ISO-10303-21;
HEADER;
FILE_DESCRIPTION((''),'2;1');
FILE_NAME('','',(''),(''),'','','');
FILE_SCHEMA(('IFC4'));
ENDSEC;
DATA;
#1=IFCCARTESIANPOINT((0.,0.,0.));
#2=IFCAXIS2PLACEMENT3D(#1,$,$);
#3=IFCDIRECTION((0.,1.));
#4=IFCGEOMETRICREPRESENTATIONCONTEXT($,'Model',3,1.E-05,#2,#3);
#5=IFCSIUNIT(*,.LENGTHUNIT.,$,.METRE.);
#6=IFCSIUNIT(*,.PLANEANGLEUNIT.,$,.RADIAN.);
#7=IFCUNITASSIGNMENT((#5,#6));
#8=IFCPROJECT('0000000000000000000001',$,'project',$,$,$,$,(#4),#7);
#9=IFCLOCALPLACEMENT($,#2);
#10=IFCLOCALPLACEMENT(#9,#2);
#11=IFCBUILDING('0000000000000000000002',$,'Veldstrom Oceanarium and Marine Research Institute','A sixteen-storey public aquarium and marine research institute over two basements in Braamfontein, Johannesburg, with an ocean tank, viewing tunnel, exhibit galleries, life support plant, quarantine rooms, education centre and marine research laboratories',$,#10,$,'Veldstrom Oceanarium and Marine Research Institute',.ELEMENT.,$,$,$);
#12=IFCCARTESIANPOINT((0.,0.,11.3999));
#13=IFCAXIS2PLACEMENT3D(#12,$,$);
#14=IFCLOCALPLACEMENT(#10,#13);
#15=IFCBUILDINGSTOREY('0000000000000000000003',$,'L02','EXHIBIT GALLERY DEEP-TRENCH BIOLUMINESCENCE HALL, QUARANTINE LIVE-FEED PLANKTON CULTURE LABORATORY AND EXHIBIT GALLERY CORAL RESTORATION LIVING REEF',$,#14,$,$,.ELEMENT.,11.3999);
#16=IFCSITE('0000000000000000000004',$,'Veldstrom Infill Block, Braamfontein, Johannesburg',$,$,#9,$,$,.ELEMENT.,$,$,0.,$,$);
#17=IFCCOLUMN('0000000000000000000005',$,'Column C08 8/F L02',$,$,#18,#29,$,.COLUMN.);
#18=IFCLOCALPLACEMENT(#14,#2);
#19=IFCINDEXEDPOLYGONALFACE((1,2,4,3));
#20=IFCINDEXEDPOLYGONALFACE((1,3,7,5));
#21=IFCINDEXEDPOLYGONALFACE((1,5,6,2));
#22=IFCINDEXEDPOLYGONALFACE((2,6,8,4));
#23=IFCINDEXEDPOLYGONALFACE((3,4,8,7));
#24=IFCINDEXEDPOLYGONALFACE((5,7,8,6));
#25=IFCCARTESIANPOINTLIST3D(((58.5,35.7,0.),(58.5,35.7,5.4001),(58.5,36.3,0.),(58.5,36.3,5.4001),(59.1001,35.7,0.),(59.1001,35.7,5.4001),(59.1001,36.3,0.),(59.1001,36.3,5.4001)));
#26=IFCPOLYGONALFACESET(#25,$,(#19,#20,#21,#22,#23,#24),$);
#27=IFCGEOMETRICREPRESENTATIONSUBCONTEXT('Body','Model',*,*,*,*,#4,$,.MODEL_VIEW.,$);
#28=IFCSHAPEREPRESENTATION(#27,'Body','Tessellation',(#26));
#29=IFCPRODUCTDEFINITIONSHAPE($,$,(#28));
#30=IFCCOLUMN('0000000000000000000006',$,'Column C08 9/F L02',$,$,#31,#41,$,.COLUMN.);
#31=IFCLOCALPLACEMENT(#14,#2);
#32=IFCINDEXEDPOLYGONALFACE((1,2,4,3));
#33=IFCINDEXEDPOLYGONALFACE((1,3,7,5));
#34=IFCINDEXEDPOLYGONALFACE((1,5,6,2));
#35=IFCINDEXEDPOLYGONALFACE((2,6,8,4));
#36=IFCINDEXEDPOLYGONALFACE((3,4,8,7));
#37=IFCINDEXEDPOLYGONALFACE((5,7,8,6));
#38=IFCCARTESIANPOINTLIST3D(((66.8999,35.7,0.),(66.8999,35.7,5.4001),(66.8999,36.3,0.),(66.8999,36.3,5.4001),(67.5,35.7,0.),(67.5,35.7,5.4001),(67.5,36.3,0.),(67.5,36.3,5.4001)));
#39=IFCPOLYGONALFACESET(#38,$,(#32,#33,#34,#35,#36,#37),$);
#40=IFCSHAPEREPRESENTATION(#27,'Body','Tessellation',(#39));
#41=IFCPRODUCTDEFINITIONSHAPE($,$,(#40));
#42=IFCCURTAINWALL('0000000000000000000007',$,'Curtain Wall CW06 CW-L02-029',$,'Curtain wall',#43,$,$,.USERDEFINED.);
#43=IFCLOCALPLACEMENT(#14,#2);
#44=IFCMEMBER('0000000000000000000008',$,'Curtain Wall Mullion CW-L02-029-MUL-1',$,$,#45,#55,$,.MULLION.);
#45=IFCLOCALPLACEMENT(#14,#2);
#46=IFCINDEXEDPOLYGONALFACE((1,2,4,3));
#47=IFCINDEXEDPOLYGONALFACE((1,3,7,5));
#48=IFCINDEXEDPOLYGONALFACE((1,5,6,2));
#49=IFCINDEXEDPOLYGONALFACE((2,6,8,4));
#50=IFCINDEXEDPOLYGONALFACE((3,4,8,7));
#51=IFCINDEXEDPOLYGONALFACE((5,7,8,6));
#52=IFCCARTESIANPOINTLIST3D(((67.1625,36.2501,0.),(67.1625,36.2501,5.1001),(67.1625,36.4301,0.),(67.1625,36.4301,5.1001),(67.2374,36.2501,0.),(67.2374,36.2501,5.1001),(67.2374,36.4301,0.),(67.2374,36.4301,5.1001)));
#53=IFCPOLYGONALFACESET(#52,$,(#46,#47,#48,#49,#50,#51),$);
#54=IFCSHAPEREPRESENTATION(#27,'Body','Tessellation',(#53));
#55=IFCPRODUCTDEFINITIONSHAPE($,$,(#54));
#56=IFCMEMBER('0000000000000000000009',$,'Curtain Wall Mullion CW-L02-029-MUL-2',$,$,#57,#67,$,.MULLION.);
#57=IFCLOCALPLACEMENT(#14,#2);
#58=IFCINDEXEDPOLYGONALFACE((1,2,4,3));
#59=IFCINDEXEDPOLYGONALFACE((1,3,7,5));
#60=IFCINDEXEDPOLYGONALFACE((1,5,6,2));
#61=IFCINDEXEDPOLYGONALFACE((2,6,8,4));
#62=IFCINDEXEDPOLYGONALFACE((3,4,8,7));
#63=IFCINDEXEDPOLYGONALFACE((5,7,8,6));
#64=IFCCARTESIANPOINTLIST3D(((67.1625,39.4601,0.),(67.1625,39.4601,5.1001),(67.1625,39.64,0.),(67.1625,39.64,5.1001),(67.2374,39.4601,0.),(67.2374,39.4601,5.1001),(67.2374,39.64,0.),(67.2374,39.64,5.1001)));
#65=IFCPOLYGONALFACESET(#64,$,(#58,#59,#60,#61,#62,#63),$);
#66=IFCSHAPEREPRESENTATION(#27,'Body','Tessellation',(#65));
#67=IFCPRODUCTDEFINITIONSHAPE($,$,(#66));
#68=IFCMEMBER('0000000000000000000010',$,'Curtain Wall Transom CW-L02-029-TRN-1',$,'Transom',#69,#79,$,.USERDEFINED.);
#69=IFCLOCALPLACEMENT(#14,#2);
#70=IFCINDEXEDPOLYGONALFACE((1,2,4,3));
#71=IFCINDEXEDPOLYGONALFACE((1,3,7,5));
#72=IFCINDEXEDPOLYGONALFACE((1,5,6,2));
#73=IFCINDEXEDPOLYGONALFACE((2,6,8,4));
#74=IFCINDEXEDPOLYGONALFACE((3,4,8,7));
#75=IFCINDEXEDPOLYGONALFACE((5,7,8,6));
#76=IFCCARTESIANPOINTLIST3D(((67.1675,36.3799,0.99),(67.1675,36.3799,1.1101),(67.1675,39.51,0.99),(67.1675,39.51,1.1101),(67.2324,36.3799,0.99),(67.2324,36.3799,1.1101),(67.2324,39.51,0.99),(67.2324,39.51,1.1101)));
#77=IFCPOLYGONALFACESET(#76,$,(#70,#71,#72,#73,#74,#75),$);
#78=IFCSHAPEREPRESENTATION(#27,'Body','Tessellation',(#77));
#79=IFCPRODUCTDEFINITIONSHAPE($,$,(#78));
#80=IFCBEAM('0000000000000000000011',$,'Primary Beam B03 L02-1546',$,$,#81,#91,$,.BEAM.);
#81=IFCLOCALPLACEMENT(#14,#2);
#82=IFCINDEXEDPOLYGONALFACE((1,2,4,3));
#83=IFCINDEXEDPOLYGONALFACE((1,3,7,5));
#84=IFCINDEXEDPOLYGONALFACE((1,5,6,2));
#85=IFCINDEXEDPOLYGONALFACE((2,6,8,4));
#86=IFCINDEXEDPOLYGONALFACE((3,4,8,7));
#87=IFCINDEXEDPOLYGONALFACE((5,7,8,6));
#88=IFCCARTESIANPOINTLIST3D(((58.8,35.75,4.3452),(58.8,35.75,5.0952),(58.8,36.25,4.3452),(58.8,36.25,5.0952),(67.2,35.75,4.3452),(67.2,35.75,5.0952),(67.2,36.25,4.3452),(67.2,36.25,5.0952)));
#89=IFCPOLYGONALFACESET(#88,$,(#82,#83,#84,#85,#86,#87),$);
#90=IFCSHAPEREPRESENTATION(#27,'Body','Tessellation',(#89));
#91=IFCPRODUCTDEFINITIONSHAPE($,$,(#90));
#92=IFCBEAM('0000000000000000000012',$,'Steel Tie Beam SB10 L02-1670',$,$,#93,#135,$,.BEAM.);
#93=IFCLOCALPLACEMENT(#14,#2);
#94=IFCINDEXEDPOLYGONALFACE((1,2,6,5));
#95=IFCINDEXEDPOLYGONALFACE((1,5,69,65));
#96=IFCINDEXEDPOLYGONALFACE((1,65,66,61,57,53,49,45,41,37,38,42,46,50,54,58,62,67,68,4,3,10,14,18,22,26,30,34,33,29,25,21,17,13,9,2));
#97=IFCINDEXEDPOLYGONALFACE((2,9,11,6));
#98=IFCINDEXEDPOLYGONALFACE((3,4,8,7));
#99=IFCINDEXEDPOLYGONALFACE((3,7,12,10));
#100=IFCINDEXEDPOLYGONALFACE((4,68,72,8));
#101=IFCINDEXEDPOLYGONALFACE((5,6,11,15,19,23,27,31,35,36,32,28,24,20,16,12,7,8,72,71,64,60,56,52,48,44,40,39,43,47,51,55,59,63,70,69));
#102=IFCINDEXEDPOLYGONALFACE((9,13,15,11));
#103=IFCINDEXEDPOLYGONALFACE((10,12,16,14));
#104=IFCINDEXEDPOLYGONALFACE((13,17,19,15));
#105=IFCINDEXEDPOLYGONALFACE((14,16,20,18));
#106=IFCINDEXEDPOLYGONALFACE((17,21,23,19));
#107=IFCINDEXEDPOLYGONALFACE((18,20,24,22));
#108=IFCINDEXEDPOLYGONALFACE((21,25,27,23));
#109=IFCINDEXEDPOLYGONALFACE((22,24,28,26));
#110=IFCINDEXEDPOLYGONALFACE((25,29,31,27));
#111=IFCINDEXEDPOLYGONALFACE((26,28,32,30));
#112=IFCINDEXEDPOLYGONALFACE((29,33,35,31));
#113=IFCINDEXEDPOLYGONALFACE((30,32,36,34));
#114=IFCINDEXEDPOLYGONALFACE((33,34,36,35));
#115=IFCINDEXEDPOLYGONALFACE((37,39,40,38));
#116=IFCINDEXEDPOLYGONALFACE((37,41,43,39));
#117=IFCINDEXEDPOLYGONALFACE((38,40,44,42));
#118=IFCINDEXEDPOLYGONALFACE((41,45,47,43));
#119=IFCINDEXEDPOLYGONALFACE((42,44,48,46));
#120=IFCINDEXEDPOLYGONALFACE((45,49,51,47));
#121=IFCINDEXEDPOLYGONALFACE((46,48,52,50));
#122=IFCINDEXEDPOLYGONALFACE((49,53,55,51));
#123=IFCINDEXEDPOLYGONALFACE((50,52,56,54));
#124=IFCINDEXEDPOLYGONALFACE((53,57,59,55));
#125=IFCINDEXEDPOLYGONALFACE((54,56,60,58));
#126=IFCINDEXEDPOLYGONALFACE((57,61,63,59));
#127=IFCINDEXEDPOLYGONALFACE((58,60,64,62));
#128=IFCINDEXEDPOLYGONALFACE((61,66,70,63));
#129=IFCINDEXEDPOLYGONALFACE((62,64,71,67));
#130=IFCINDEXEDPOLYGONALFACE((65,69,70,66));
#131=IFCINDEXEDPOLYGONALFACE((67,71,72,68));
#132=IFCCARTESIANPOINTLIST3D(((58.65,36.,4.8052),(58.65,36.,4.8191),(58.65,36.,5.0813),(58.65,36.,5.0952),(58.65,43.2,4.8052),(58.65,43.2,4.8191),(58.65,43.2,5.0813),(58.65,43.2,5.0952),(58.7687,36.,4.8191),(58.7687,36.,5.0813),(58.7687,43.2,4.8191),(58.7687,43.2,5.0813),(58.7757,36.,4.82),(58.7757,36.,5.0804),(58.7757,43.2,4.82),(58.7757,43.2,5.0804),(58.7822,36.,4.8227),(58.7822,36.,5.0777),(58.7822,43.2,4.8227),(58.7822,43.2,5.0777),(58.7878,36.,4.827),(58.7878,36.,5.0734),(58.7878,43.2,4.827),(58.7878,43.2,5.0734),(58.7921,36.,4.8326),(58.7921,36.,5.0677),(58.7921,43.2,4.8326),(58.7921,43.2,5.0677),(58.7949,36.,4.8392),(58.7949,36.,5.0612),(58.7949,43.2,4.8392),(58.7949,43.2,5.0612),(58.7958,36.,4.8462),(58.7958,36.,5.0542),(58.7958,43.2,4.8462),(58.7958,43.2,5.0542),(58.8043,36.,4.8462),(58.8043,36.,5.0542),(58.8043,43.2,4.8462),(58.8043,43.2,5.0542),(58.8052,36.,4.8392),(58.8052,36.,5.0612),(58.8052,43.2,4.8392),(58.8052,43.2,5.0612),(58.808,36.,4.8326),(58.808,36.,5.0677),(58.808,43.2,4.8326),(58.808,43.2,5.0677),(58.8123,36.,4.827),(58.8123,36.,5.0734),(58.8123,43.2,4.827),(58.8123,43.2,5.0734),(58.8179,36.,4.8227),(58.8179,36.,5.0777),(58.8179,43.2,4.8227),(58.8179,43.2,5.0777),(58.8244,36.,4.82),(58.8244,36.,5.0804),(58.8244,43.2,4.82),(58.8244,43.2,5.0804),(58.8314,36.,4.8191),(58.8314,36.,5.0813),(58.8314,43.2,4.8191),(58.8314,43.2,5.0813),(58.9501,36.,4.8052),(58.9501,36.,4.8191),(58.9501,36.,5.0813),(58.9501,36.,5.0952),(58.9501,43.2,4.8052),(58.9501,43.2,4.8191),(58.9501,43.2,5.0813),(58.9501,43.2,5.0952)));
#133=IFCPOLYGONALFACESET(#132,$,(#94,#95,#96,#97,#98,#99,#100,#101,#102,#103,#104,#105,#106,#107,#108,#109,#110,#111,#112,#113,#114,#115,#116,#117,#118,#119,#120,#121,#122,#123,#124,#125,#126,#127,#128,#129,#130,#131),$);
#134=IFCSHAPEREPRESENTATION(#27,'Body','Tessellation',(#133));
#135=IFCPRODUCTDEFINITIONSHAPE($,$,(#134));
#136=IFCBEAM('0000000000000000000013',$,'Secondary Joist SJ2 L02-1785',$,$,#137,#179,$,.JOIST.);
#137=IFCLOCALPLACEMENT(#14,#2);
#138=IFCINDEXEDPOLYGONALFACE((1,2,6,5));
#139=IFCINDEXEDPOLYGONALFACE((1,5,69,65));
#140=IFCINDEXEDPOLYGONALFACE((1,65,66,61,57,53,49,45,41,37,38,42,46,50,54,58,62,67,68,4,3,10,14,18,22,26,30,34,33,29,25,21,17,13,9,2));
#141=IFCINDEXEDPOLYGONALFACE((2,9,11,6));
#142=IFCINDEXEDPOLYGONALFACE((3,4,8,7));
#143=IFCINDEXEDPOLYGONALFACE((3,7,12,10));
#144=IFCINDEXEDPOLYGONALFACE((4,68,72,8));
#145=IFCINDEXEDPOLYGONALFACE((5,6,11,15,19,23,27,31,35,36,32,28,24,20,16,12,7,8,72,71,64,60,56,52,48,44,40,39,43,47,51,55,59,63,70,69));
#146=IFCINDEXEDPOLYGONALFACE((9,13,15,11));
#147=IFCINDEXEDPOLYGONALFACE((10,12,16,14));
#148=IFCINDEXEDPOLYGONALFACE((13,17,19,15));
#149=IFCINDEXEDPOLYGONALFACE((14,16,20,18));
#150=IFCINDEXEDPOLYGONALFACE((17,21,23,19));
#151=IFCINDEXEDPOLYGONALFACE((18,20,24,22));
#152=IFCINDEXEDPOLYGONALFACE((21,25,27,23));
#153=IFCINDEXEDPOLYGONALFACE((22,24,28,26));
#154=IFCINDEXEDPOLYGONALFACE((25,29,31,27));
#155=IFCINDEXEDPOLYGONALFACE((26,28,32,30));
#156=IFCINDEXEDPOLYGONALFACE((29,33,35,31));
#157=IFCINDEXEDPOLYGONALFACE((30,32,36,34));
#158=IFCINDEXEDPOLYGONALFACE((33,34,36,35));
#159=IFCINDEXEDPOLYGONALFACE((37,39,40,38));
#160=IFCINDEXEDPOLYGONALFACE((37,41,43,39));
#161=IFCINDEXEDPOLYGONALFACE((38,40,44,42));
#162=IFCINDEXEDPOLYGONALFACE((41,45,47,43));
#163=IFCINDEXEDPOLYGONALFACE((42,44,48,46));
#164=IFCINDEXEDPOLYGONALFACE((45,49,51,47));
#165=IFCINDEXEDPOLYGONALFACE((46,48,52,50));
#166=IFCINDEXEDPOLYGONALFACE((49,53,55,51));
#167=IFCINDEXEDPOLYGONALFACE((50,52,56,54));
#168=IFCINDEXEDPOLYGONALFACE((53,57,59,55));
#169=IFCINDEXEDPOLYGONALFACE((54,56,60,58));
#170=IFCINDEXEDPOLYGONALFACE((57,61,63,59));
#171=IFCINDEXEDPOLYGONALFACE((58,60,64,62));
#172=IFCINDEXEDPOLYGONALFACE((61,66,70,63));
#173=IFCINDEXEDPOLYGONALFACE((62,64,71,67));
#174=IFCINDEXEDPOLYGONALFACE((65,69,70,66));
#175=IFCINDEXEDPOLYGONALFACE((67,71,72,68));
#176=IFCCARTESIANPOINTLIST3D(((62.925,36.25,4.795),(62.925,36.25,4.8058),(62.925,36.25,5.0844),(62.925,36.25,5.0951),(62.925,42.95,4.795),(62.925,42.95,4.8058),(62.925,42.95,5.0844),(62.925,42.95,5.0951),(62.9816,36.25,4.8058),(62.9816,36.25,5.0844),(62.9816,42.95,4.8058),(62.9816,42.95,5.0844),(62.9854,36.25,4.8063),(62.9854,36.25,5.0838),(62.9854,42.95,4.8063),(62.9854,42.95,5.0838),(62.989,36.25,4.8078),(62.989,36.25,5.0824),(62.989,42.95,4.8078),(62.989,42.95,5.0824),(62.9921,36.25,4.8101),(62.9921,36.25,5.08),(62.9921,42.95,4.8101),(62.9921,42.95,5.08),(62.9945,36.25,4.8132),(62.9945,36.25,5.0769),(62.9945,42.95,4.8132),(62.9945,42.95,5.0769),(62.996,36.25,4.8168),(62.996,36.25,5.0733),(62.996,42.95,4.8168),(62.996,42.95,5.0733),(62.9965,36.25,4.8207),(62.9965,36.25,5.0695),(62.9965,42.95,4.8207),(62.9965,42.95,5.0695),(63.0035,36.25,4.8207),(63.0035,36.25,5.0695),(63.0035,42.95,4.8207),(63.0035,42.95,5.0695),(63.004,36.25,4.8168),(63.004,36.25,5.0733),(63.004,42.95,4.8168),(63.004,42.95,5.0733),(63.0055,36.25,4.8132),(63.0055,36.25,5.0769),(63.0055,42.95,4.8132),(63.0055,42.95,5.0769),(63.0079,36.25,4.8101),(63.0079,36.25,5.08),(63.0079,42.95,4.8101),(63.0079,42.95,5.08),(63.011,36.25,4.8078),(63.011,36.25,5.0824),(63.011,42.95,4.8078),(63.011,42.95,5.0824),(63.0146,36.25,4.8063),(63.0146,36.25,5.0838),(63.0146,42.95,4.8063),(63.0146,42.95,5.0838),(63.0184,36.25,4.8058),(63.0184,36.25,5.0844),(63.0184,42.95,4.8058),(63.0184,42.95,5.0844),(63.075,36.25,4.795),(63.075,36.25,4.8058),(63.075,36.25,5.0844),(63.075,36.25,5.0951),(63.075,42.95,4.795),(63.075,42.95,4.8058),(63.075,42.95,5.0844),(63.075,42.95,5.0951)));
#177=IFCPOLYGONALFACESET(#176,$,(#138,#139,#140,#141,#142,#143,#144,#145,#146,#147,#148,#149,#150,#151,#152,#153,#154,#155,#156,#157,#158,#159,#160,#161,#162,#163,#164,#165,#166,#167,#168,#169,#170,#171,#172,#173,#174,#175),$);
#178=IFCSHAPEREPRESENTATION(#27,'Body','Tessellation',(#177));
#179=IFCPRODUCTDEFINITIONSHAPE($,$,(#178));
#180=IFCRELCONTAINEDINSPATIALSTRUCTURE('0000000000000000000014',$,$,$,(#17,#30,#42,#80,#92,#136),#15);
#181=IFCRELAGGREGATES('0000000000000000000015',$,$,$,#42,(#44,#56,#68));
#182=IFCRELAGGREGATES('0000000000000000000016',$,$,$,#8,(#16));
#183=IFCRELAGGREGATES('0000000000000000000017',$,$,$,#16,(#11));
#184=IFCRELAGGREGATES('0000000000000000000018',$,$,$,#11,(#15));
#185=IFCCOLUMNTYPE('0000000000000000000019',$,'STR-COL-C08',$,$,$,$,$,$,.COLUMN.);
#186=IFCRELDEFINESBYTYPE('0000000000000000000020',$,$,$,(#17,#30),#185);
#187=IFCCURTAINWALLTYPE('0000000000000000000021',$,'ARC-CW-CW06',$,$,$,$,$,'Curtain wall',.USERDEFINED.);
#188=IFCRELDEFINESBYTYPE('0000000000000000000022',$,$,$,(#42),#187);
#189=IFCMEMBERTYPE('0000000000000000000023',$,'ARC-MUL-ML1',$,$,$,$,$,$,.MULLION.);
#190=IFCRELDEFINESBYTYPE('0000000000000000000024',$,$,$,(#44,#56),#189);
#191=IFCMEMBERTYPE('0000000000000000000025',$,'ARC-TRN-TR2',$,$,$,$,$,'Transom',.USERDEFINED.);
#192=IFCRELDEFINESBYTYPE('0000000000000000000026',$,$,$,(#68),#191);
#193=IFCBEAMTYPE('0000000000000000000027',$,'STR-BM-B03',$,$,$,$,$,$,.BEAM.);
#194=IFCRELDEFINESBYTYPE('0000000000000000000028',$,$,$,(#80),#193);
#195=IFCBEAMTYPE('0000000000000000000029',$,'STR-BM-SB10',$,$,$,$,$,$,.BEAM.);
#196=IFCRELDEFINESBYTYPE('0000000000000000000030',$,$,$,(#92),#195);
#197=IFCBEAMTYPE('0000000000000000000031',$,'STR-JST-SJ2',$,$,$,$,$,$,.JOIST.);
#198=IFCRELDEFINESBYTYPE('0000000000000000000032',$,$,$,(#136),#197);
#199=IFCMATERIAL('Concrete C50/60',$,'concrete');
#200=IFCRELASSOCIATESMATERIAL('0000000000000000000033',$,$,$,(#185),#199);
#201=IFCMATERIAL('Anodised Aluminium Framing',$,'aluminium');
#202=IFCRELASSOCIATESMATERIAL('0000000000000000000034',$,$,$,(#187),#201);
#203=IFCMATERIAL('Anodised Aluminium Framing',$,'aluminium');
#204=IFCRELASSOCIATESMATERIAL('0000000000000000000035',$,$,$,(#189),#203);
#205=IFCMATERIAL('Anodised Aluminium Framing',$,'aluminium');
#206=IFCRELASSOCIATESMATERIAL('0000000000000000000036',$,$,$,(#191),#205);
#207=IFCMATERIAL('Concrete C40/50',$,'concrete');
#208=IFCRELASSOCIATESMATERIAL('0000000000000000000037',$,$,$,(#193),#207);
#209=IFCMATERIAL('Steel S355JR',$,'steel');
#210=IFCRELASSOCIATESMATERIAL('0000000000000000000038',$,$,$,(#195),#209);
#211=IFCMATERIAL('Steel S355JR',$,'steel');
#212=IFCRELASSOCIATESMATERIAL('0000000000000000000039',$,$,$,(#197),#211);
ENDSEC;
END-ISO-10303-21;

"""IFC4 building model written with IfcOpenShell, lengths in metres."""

from ifc_helpers import new_model, si_unit, direction, frame, origin, origin_2d, place, context, subcontext, project, spatial, rectangle, i_section, extrude, material, material_profile, profile_set, type_object, element, aggregate, save


model = new_model("IFC4")

# Units and contexts
model_context = context("Model", 3, precision=1e-05, world=origin(), true_north=direction((0.0, 1.0)))
body_context = subcontext(model_context, "Body", "Model", "MODEL_VIEW")
ifc_project = project(units=[si_unit("LENGTHUNIT", "METRE"), si_unit("PLANEANGLEUNIT", "RADIAN")], contexts=[model_context])

# Site, building, storey
site_placement = place(None, origin())
site = spatial("IfcSite", under=ifc_project, at=site_placement, Name="Veldstrom Infill Block, Braamfontein, Johannesburg", CompositionType="ELEMENT", RefElevation=0.0)
building_placement = place(site_placement, origin())
building = spatial("IfcBuilding", under=site, at=building_placement, Name="Veldstrom Oceanarium and Marine Research Institute", Description="A sixteen-storey public aquarium and marine research institute over two basements in Braamfontein, Johannesburg, with an ocean tank, viewing tunnel, exhibit galleries, life support plant, quarantine rooms, education centre and marine research laboratories", LongName="Veldstrom Oceanarium and Marine Research Institute", CompositionType="ELEMENT")
storey_placement = place(building_placement, frame((0.0, 0.0, 11.3999)))
storey = spatial("IfcBuildingStorey", under=building, at=storey_placement, Name="L02", Description="EXHIBIT GALLERY DEEP-TRENCH BIOLUMINESCENCE HALL, QUARANTINE LIVE-FEED PLANKTON CULTURE LABORATORY AND EXHIBIT GALLERY CORAL RESTORATION LIVING REEF", CompositionType="ELEMENT", Elevation=11.3999)

# Columns
ifc_material_1 = material(Name="Concrete C50/60", Category="concrete")
ifc_material_profile_1 = material_profile(ifc_material_1, rectangle(XDim=0.6001, YDim=0.6001, at=origin_2d()), Name="RC-COL-600x600")
ifc_profile_set_1 = profile_set([ifc_material_profile_1], Name="Concrete C50/60")
column_type = type_object("IfcColumnType", Name="STR-COL-C08", PredefinedType="COLUMN", material=ifc_profile_set_1)
for number, where, z_axis, x_axis, name in (
    (1, (58.8, 36.0, 0.0), (0.0, 0.0, 1.0), (1.0, 0.0, 0.0), "Column C08 8/F L02"),
    (2, (67.2, 36.0, 0.0), (0.0, 0.0, 1.0), (1.0, 0.0, 0.0), "Column C08 9/F L02"),
):
    element("IfcColumn", number, at=place(storey_placement, frame(where, z_axis=z_axis, x_axis=x_axis)), inside=storey, type_object=column_type, Name=name, PredefinedType="COLUMN", context=body_context, shape_type="SweptSolid", body=[
        extrude(rectangle(XDim=0.6001, YDim=0.6001, at=origin_2d()), origin(), (0.0, 0.0, 1.0), 5.4001),
    ])

# Curtain wall, members
ifc_material_2 = material(Name="Anodised Aluminium Framing", Category="aluminium")
curtain_wall_type = type_object("IfcCurtainWallType", Name="ARC-CW-CW06", ElementType="Curtain wall", PredefinedType="USERDEFINED", material=ifc_material_2)
curtain_wall_placement = place(storey_placement, origin())
curtain_wall = element("IfcCurtainWall", 3, at=curtain_wall_placement, inside=storey, type_object=curtain_wall_type, Name="Curtain Wall CW06 CW-L02-029", ObjectType="Curtain wall", PredefinedType="USERDEFINED")
ifc_material_3 = material(Name="Anodised Aluminium Framing", Category="aluminium")
ifc_material_profile_2 = material_profile(ifc_material_3, rectangle(XDim=0.075, YDim=0.1799, at=origin_2d()), Name="ALU-MUL-75x180")
ifc_profile_set_2 = profile_set([ifc_material_profile_2], Name="Anodised Aluminium Framing")
member_type_1 = type_object("IfcMemberType", Name="ARC-MUL-ML1", PredefinedType="MULLION", material=ifc_profile_set_2)
member_1_placement = place(storey_placement, frame((67.2, 36.3401, 0.0), z_axis=(0.0, 0.0, 1.0), x_axis=(1.0, 0.0, 0.0)))
member_1 = element("IfcMember", 4, at=member_1_placement, type_object=member_type_1, Name="Curtain Wall Mullion CW-L02-029-MUL-1", PredefinedType="MULLION", context=body_context, shape_type="SweptSolid", body=[
    extrude(rectangle(XDim=0.075, YDim=0.1799, at=origin_2d()), origin(), (0.0, 0.0, 1.0), 5.1001),
])
member_2_placement = place(storey_placement, frame((67.2, 39.55, 0.0), z_axis=(0.0, 0.0, 1.0), x_axis=(1.0, 0.0, 0.0)))
member_2 = element("IfcMember", 5, at=member_2_placement, type_object=member_type_1, Name="Curtain Wall Mullion CW-L02-029-MUL-2", PredefinedType="MULLION", context=body_context, shape_type="SweptSolid", body=[
    extrude(rectangle(XDim=0.075, YDim=0.1799, at=origin_2d()), origin(), (0.0, 0.0, 1.0), 5.1001),
])
ifc_material_4 = material(Name="Anodised Aluminium Framing", Category="aluminium")
ifc_material_profile_3 = material_profile(ifc_material_4, rectangle(XDim=0.0649, YDim=0.1201, at=origin_2d()), Name="ALU-TRN-65x120")
ifc_profile_set_3 = profile_set([ifc_material_profile_3], Name="Anodised Aluminium Framing")
member_type_2 = type_object("IfcMemberType", Name="ARC-TRN-TR2", ElementType="Transom", PredefinedType="USERDEFINED", material=ifc_profile_set_3)
member_3_placement = place(storey_placement, frame((67.2, 36.3799, 1.05), z_axis=(0.0, 1.0, 0.0), x_axis=(-1.0, 0.0, 0.0)))
member_3 = element("IfcMember", 6, at=member_3_placement, type_object=member_type_2, Name="Curtain Wall Transom CW-L02-029-TRN-1", ObjectType="Transom", PredefinedType="USERDEFINED", context=body_context, shape_type="SweptSolid", body=[
    extrude(rectangle(XDim=0.0649, YDim=0.1201, at=origin_2d()), origin(), (0.0, 0.0, 1.0), 3.1301),
])
aggregate(curtain_wall, [member_1, member_2, member_3])

# Beams
ifc_material_5 = material(Name="Concrete C40/50", Category="concrete")
ifc_material_profile_4 = material_profile(ifc_material_5, rectangle(XDim=0.5, YDim=0.75, at=origin_2d()), Name="RC-BM-500x750")
ifc_profile_set_4 = profile_set([ifc_material_profile_4], Name="Concrete C40/50")
beam_type_1 = type_object("IfcBeamType", Name="STR-BM-B03", PredefinedType="BEAM", material=ifc_profile_set_4)
beam_1_placement = place(storey_placement, frame((58.8, 36.0, 4.7202), z_axis=(1.0, 0.0, 0.0), x_axis=(0.0, 1.0, 0.0)))
element("IfcBeam", 7, at=beam_1_placement, inside=storey, type_object=beam_type_1, Name="Primary Beam B03 L02-1546", PredefinedType="BEAM", context=body_context, shape_type="SweptSolid", body=[
    extrude(rectangle(XDim=0.5, YDim=0.75, at=origin_2d()), origin(), (0.0, 0.0, 1.0), 8.3999),
])
ifc_material_6 = material(Name="Steel S355JR", Category="steel")
ifc_material_profile_5 = material_profile(ifc_material_6, i_section(OverallWidth=0.3, OverallDepth=0.29, WebThickness=0.0085, FlangeThickness=0.0139, FilletRadius=0.0271, at=origin_2d()), Name="HEA 300")
ifc_profile_set_5 = profile_set([ifc_material_profile_5], Name="Steel S355JR")
beam_type_2 = type_object("IfcBeamType", Name="STR-BM-SB10", PredefinedType="BEAM", material=ifc_profile_set_5)
beam_2_placement = place(storey_placement, frame((58.8, 36.0, 4.9502), z_axis=(0.0, 1.0, 0.0), x_axis=(-1.0, 0.0, 0.0)))
element("IfcBeam", 8, at=beam_2_placement, inside=storey, type_object=beam_type_2, Name="Steel Tie Beam SB10 L02-1670", PredefinedType="BEAM", context=body_context, shape_type="SweptSolid", body=[
    extrude(i_section(OverallWidth=0.3, OverallDepth=0.29, WebThickness=0.0085, FlangeThickness=0.0139, FilletRadius=0.0271, at=origin_2d()), origin(), (0.0, 0.0, 1.0), 7.2),
])
ifc_material_7 = material(Name="Steel S355JR", Category="steel")
ifc_material_profile_6 = material_profile(ifc_material_7, i_section(OverallWidth=0.1499, OverallDepth=0.3, WebThickness=0.0071, FlangeThickness=0.0107, FilletRadius=0.0149, at=origin_2d()), Name="IPE 300")
ifc_profile_set_6 = profile_set([ifc_material_profile_6], Name="Steel S355JR")
beam_type_3 = type_object("IfcBeamType", Name="STR-JST-SJ2", PredefinedType="JOIST", material=ifc_profile_set_6)
beam_3_placement = place(storey_placement, frame((63.0, 36.25, 4.9451), z_axis=(0.0, 1.0, 0.0), x_axis=(-1.0, 0.0, 0.0)))
element("IfcBeam", 9, at=beam_3_placement, inside=storey, type_object=beam_type_3, Name="Secondary Joist SJ2 L02-1785", PredefinedType="JOIST", context=body_context, shape_type="SweptSolid", body=[
    extrude(i_section(OverallWidth=0.1499, OverallDepth=0.3, WebThickness=0.0071, FlangeThickness=0.0107, FilletRadius=0.0149, at=origin_2d()), origin(), (0.0, 0.0, 1.0), 6.7),
])

save(model, "model.ifc")
